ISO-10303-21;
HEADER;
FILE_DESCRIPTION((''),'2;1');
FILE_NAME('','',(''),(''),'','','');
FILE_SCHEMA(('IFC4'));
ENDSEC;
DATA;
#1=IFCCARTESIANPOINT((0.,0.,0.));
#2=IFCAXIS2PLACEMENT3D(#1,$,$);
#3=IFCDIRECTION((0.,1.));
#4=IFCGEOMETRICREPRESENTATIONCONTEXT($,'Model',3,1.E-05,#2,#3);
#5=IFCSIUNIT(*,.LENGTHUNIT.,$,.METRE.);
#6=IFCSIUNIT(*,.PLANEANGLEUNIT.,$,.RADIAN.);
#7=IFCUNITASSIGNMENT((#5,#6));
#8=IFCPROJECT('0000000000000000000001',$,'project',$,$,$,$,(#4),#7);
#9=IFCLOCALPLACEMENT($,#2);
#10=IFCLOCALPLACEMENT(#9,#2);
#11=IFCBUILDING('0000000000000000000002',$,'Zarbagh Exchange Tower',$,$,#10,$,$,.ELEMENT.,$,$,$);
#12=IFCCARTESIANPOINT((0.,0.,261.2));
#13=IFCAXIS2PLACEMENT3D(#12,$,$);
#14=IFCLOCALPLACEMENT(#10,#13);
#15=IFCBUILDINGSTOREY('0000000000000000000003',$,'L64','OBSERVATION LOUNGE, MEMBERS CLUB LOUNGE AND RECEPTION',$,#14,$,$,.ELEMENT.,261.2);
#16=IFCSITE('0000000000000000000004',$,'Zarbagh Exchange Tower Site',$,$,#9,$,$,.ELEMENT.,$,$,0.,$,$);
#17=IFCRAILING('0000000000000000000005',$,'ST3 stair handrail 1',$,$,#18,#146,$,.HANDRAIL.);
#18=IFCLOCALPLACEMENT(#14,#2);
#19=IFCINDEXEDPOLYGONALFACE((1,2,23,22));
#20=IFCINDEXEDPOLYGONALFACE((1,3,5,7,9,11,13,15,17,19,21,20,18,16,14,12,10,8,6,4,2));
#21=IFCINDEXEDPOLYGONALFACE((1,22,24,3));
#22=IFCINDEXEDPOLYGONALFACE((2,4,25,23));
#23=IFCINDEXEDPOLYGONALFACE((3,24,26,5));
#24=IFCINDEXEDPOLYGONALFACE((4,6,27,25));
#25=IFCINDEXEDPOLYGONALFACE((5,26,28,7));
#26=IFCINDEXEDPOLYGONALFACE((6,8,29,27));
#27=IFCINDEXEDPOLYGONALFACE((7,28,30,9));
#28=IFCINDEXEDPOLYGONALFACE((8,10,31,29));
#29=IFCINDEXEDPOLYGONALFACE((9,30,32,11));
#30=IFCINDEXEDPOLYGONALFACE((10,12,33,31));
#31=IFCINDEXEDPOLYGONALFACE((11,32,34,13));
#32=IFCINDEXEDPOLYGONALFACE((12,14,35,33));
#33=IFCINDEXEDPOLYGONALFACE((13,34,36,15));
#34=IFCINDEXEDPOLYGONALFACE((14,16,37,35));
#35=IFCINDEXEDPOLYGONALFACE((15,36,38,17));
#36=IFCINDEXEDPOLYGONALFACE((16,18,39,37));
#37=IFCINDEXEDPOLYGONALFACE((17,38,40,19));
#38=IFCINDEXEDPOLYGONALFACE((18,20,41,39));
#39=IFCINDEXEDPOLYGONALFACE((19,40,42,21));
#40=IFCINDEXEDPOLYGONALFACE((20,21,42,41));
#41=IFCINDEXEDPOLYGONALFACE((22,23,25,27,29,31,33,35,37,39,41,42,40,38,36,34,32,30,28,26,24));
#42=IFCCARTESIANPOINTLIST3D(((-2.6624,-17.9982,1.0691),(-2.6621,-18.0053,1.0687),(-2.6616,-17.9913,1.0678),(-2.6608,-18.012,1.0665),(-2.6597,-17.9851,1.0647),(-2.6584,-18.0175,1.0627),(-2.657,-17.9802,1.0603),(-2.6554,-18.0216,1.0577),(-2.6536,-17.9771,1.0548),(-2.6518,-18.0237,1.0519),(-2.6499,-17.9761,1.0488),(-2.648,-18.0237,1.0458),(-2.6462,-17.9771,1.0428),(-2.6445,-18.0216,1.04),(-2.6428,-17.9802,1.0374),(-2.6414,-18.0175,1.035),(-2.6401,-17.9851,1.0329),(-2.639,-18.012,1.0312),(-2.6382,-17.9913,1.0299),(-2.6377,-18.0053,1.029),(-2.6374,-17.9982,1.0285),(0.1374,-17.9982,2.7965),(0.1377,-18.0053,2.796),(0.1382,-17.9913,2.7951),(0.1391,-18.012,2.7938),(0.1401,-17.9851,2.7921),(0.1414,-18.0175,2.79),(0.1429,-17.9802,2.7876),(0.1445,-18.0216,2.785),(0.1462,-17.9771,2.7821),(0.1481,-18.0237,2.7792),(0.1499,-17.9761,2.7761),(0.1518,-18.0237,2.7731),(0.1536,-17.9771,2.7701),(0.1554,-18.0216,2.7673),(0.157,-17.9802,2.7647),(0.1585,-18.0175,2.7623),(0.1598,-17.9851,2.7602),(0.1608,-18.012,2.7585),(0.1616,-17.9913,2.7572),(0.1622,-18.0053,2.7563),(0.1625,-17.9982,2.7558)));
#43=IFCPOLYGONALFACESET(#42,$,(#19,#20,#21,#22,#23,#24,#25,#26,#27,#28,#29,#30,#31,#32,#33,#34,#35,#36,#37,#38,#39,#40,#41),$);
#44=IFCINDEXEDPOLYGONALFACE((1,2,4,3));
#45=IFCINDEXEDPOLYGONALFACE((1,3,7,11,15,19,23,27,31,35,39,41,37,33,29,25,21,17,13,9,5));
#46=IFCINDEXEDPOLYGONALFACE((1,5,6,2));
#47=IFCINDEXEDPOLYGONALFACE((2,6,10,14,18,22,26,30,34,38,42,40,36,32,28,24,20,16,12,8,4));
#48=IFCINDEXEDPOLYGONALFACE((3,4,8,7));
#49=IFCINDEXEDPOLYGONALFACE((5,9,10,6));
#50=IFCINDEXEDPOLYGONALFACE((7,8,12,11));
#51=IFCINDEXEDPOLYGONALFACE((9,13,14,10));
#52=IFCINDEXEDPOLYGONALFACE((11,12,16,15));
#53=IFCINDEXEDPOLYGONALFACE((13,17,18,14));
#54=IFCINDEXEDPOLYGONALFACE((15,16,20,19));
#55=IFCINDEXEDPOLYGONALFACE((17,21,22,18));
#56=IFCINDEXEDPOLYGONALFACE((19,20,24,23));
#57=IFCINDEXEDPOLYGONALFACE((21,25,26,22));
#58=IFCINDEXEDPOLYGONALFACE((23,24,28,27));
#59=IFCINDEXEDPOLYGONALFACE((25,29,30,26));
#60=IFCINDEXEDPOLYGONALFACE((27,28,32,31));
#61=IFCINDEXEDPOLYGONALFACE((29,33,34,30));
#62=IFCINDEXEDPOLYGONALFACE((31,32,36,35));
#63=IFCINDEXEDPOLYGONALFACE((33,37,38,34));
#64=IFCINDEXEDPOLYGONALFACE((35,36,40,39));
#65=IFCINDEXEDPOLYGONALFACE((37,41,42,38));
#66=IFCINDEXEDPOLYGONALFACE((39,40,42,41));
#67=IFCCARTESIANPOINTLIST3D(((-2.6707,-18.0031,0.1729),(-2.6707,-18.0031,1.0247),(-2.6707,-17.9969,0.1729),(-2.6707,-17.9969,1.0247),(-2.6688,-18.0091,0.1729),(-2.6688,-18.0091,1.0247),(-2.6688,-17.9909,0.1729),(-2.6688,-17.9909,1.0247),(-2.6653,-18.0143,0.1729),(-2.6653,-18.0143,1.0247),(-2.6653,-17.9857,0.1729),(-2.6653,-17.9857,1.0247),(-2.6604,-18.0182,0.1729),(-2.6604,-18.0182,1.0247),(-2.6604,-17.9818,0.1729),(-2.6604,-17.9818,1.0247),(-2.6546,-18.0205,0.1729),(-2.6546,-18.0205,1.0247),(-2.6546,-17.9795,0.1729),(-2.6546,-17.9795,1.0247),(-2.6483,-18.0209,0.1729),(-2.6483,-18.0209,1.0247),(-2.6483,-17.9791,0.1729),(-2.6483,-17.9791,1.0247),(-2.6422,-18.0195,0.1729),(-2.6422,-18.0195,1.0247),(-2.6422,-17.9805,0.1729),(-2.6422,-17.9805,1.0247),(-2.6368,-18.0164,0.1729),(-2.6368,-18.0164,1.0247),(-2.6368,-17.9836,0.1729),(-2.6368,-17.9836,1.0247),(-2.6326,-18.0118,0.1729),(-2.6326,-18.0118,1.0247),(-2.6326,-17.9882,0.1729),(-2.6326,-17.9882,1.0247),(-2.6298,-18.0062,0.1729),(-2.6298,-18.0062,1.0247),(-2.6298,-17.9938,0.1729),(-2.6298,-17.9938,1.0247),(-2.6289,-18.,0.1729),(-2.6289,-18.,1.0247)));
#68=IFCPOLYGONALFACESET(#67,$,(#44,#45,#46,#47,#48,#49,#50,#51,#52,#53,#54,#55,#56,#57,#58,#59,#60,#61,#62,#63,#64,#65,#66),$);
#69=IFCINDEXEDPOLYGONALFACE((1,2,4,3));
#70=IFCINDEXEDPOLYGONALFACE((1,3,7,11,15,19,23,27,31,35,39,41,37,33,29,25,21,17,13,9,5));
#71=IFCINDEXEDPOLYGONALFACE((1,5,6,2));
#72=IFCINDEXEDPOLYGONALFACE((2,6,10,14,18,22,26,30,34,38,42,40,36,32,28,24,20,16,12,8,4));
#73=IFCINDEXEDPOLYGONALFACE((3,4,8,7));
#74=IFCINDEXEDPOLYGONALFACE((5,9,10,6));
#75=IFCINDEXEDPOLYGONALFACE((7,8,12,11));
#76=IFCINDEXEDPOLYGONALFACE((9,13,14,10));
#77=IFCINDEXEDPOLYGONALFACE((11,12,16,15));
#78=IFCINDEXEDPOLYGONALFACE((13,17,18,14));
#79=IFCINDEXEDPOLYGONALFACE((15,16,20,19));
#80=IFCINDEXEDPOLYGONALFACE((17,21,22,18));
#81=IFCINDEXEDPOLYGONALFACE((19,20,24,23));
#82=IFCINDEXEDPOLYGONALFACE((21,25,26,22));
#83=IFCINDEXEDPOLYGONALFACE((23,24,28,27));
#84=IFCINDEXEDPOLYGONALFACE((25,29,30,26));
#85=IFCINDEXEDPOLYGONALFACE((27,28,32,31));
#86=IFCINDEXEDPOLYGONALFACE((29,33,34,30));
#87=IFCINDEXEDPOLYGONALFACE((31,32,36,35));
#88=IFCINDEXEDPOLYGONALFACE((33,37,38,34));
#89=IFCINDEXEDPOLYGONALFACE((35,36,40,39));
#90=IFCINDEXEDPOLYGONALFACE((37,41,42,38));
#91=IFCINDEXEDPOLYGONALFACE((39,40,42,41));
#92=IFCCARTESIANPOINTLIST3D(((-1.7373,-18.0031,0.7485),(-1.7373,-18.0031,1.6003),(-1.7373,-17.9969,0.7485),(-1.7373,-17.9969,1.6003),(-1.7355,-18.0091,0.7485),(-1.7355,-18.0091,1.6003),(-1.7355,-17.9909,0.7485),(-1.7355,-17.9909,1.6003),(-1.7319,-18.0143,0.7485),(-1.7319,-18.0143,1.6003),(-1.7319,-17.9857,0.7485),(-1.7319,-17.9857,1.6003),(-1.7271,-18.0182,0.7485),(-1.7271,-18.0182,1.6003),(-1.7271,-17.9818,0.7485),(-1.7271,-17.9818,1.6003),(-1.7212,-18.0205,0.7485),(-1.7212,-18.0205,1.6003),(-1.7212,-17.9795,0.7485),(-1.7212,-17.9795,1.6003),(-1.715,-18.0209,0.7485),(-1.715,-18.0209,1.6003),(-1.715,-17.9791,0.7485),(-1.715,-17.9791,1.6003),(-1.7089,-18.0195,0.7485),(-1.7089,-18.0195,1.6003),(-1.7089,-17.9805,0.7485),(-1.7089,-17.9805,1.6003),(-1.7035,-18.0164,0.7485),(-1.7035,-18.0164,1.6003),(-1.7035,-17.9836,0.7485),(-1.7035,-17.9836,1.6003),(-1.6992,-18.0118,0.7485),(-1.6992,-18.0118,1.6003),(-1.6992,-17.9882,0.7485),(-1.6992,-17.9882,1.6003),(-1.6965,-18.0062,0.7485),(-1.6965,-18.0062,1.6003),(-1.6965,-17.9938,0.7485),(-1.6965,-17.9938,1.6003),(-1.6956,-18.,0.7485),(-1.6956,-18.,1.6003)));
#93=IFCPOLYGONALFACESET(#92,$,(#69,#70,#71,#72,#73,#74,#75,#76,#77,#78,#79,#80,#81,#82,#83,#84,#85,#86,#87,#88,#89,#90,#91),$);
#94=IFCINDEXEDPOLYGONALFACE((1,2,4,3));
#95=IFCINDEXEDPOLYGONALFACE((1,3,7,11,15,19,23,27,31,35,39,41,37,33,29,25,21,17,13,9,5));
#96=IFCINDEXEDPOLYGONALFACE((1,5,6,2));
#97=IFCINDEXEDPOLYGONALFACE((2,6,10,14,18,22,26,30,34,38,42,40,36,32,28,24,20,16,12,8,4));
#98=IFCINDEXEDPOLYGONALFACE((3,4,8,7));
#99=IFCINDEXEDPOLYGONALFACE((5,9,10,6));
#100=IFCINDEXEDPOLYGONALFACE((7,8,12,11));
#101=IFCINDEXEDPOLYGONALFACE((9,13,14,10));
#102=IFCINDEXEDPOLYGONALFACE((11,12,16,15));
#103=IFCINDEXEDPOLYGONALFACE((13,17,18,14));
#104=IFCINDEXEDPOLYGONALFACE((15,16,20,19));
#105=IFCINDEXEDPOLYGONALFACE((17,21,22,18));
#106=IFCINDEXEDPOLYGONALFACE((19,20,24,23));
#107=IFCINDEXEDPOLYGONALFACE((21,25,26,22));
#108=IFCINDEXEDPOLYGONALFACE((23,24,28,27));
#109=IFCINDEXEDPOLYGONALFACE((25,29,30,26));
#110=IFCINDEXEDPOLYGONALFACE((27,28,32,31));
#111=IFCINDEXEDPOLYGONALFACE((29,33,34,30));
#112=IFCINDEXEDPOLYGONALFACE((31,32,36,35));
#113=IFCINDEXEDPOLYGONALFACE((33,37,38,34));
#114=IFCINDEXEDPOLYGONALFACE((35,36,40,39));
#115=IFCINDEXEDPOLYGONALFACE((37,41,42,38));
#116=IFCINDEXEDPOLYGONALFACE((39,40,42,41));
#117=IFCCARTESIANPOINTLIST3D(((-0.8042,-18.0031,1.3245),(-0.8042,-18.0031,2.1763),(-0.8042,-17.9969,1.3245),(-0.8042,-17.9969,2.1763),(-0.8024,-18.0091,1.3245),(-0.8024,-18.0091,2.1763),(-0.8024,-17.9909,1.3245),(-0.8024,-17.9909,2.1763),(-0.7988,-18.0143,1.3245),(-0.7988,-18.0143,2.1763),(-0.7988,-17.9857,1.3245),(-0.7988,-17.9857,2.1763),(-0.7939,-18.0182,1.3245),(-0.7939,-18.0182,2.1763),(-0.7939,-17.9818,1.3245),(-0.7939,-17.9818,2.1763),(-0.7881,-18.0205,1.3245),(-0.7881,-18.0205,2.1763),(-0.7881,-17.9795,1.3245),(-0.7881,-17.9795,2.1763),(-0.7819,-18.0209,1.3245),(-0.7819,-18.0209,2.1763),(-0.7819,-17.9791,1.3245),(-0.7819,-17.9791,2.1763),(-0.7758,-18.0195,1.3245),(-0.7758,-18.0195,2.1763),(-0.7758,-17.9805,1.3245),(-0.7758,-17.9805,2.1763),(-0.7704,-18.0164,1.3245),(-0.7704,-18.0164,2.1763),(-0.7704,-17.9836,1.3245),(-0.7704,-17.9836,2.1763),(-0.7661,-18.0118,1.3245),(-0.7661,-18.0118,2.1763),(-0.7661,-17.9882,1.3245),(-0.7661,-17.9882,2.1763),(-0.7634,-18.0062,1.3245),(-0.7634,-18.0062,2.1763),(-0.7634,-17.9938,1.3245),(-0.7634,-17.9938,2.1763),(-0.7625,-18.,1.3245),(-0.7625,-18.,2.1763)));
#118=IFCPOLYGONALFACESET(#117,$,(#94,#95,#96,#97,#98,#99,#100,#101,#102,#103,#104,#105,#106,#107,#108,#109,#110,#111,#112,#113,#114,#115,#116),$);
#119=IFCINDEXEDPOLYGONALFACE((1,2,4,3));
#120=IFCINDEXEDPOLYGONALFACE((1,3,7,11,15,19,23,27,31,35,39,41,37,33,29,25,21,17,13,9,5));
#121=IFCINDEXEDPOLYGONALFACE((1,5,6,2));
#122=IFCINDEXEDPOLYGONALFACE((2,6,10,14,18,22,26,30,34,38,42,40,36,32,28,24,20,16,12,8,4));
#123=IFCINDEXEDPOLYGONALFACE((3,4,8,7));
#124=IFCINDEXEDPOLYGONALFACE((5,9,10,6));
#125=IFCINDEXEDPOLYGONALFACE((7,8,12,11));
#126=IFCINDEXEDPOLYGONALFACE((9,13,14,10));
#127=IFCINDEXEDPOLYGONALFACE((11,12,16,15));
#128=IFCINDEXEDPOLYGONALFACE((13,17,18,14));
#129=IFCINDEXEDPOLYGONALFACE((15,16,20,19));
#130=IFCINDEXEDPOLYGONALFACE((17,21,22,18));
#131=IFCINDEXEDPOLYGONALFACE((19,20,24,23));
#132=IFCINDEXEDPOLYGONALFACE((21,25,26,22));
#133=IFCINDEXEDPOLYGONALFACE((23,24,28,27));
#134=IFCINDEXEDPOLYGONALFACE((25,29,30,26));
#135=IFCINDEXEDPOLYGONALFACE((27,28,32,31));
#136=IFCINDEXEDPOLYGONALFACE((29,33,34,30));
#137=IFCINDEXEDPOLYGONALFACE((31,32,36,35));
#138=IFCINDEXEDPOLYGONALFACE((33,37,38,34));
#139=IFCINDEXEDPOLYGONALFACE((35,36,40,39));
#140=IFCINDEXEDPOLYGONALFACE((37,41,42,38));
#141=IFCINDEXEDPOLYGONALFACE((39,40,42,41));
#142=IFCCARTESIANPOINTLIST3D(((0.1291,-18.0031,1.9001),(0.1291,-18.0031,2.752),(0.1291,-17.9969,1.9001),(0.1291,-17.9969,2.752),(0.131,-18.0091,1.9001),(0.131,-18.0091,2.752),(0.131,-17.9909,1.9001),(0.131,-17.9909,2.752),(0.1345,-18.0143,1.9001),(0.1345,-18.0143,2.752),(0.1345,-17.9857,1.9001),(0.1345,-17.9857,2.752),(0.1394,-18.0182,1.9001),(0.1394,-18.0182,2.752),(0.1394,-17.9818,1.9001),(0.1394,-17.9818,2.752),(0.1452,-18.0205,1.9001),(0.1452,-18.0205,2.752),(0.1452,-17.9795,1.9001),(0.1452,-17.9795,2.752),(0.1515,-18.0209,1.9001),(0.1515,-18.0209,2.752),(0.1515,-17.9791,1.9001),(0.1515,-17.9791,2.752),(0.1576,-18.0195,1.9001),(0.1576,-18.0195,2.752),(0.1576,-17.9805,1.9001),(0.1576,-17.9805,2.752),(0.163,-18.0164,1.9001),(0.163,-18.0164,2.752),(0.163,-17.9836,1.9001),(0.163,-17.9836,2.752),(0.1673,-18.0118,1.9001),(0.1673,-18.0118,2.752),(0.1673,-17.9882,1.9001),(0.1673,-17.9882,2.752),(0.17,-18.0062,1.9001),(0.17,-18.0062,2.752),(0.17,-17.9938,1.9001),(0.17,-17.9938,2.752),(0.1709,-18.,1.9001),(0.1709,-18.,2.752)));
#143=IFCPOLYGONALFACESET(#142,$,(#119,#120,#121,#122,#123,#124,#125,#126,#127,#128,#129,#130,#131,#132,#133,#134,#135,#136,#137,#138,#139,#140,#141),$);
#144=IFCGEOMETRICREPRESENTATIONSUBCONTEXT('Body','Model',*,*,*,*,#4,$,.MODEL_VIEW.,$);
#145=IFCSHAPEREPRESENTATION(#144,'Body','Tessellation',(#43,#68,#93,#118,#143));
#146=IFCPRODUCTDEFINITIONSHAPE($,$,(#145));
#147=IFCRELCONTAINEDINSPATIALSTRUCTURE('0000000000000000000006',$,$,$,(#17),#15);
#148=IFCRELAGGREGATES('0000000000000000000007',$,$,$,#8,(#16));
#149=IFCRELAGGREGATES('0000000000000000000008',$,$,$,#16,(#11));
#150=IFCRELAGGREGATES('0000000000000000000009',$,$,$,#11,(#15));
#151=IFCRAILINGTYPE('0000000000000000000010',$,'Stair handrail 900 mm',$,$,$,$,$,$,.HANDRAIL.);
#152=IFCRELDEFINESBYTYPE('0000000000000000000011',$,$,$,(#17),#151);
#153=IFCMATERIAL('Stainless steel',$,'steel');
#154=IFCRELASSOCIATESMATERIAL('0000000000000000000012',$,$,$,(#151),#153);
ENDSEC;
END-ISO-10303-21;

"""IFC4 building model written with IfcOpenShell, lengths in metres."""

from ifc_helpers import new_model, si_unit, direction, frame, origin, origin_2d, place, context, subcontext, project, spatial, circle, extrude, material, type_object, element, save


model = new_model("IFC4")

# Units and contexts
model_context = context("Model", 3, precision=1e-05, world=origin(), true_north=direction((0.0, 1.0)))
body_context = subcontext(model_context, "Body", "Model", "MODEL_VIEW")
ifc_project = project(units=[si_unit("LENGTHUNIT", "METRE"), si_unit("PLANEANGLEUNIT", "RADIAN")], contexts=[model_context])

# Site, building, storey
site_placement = place(None, origin())
site = spatial("IfcSite", under=ifc_project, at=site_placement, Name="Zarbagh Exchange Tower Site", CompositionType="ELEMENT", RefElevation=0.0)
building_placement = place(site_placement, origin())
building = spatial("IfcBuilding", under=site, at=building_placement, Name="Zarbagh Exchange Tower", CompositionType="ELEMENT")
storey_placement = place(building_placement, frame((0.0, 0.0, 261.2)))
storey = spatial("IfcBuildingStorey", under=building, at=storey_placement, Name="L64", Description="OBSERVATION LOUNGE, MEMBERS CLUB LOUNGE AND RECEPTION", CompositionType="ELEMENT", Elevation=261.2)

# Railing
ifc_material_1 = material(Name="Stainless steel", Category="steel")
railing_type = type_object("IfcRailingType", Name="Stair handrail 900 mm", PredefinedType="HANDRAIL", material=ifc_material_1)
railing_placement = place(storey_placement, frame((-2.6499, -18.0, 0.1729)))
element("IfcRailing", 1, at=railing_placement, inside=storey, type_object=railing_type, Name="ST3 stair handrail 1", PredefinedType="HANDRAIL", context=body_context, shape_type="SweptSolid", body=[
    extrude(circle(Radius=0.0239, at=origin_2d()), frame((0.0, 0.0, 0.876), z_axis=(0.851069, 0.0, 0.525054), x_axis=(0.0, 1.0, 0.0)), (0.0, 0.0, 1.0), 3.2898),
    extrude(circle(Radius=0.021, at=origin_2d()), origin(), (0.0, 0.0, 1.0), 0.8518),
    extrude(circle(Radius=0.021, at=origin_2d()), frame((0.9333, 0.0, 0.5757)), (0.0, 0.0, 1.0), 0.8518),
    extrude(circle(Radius=0.021, at=origin_2d()), frame((1.8665, 0.0, 1.1516)), (0.0, 0.0, 1.0), 0.8518),
    extrude(circle(Radius=0.021, at=origin_2d()), frame((2.7998, 0.0, 1.7273)), (0.0, 0.0, 1.0), 0.8518),
])

save(model, "model.ifc")
